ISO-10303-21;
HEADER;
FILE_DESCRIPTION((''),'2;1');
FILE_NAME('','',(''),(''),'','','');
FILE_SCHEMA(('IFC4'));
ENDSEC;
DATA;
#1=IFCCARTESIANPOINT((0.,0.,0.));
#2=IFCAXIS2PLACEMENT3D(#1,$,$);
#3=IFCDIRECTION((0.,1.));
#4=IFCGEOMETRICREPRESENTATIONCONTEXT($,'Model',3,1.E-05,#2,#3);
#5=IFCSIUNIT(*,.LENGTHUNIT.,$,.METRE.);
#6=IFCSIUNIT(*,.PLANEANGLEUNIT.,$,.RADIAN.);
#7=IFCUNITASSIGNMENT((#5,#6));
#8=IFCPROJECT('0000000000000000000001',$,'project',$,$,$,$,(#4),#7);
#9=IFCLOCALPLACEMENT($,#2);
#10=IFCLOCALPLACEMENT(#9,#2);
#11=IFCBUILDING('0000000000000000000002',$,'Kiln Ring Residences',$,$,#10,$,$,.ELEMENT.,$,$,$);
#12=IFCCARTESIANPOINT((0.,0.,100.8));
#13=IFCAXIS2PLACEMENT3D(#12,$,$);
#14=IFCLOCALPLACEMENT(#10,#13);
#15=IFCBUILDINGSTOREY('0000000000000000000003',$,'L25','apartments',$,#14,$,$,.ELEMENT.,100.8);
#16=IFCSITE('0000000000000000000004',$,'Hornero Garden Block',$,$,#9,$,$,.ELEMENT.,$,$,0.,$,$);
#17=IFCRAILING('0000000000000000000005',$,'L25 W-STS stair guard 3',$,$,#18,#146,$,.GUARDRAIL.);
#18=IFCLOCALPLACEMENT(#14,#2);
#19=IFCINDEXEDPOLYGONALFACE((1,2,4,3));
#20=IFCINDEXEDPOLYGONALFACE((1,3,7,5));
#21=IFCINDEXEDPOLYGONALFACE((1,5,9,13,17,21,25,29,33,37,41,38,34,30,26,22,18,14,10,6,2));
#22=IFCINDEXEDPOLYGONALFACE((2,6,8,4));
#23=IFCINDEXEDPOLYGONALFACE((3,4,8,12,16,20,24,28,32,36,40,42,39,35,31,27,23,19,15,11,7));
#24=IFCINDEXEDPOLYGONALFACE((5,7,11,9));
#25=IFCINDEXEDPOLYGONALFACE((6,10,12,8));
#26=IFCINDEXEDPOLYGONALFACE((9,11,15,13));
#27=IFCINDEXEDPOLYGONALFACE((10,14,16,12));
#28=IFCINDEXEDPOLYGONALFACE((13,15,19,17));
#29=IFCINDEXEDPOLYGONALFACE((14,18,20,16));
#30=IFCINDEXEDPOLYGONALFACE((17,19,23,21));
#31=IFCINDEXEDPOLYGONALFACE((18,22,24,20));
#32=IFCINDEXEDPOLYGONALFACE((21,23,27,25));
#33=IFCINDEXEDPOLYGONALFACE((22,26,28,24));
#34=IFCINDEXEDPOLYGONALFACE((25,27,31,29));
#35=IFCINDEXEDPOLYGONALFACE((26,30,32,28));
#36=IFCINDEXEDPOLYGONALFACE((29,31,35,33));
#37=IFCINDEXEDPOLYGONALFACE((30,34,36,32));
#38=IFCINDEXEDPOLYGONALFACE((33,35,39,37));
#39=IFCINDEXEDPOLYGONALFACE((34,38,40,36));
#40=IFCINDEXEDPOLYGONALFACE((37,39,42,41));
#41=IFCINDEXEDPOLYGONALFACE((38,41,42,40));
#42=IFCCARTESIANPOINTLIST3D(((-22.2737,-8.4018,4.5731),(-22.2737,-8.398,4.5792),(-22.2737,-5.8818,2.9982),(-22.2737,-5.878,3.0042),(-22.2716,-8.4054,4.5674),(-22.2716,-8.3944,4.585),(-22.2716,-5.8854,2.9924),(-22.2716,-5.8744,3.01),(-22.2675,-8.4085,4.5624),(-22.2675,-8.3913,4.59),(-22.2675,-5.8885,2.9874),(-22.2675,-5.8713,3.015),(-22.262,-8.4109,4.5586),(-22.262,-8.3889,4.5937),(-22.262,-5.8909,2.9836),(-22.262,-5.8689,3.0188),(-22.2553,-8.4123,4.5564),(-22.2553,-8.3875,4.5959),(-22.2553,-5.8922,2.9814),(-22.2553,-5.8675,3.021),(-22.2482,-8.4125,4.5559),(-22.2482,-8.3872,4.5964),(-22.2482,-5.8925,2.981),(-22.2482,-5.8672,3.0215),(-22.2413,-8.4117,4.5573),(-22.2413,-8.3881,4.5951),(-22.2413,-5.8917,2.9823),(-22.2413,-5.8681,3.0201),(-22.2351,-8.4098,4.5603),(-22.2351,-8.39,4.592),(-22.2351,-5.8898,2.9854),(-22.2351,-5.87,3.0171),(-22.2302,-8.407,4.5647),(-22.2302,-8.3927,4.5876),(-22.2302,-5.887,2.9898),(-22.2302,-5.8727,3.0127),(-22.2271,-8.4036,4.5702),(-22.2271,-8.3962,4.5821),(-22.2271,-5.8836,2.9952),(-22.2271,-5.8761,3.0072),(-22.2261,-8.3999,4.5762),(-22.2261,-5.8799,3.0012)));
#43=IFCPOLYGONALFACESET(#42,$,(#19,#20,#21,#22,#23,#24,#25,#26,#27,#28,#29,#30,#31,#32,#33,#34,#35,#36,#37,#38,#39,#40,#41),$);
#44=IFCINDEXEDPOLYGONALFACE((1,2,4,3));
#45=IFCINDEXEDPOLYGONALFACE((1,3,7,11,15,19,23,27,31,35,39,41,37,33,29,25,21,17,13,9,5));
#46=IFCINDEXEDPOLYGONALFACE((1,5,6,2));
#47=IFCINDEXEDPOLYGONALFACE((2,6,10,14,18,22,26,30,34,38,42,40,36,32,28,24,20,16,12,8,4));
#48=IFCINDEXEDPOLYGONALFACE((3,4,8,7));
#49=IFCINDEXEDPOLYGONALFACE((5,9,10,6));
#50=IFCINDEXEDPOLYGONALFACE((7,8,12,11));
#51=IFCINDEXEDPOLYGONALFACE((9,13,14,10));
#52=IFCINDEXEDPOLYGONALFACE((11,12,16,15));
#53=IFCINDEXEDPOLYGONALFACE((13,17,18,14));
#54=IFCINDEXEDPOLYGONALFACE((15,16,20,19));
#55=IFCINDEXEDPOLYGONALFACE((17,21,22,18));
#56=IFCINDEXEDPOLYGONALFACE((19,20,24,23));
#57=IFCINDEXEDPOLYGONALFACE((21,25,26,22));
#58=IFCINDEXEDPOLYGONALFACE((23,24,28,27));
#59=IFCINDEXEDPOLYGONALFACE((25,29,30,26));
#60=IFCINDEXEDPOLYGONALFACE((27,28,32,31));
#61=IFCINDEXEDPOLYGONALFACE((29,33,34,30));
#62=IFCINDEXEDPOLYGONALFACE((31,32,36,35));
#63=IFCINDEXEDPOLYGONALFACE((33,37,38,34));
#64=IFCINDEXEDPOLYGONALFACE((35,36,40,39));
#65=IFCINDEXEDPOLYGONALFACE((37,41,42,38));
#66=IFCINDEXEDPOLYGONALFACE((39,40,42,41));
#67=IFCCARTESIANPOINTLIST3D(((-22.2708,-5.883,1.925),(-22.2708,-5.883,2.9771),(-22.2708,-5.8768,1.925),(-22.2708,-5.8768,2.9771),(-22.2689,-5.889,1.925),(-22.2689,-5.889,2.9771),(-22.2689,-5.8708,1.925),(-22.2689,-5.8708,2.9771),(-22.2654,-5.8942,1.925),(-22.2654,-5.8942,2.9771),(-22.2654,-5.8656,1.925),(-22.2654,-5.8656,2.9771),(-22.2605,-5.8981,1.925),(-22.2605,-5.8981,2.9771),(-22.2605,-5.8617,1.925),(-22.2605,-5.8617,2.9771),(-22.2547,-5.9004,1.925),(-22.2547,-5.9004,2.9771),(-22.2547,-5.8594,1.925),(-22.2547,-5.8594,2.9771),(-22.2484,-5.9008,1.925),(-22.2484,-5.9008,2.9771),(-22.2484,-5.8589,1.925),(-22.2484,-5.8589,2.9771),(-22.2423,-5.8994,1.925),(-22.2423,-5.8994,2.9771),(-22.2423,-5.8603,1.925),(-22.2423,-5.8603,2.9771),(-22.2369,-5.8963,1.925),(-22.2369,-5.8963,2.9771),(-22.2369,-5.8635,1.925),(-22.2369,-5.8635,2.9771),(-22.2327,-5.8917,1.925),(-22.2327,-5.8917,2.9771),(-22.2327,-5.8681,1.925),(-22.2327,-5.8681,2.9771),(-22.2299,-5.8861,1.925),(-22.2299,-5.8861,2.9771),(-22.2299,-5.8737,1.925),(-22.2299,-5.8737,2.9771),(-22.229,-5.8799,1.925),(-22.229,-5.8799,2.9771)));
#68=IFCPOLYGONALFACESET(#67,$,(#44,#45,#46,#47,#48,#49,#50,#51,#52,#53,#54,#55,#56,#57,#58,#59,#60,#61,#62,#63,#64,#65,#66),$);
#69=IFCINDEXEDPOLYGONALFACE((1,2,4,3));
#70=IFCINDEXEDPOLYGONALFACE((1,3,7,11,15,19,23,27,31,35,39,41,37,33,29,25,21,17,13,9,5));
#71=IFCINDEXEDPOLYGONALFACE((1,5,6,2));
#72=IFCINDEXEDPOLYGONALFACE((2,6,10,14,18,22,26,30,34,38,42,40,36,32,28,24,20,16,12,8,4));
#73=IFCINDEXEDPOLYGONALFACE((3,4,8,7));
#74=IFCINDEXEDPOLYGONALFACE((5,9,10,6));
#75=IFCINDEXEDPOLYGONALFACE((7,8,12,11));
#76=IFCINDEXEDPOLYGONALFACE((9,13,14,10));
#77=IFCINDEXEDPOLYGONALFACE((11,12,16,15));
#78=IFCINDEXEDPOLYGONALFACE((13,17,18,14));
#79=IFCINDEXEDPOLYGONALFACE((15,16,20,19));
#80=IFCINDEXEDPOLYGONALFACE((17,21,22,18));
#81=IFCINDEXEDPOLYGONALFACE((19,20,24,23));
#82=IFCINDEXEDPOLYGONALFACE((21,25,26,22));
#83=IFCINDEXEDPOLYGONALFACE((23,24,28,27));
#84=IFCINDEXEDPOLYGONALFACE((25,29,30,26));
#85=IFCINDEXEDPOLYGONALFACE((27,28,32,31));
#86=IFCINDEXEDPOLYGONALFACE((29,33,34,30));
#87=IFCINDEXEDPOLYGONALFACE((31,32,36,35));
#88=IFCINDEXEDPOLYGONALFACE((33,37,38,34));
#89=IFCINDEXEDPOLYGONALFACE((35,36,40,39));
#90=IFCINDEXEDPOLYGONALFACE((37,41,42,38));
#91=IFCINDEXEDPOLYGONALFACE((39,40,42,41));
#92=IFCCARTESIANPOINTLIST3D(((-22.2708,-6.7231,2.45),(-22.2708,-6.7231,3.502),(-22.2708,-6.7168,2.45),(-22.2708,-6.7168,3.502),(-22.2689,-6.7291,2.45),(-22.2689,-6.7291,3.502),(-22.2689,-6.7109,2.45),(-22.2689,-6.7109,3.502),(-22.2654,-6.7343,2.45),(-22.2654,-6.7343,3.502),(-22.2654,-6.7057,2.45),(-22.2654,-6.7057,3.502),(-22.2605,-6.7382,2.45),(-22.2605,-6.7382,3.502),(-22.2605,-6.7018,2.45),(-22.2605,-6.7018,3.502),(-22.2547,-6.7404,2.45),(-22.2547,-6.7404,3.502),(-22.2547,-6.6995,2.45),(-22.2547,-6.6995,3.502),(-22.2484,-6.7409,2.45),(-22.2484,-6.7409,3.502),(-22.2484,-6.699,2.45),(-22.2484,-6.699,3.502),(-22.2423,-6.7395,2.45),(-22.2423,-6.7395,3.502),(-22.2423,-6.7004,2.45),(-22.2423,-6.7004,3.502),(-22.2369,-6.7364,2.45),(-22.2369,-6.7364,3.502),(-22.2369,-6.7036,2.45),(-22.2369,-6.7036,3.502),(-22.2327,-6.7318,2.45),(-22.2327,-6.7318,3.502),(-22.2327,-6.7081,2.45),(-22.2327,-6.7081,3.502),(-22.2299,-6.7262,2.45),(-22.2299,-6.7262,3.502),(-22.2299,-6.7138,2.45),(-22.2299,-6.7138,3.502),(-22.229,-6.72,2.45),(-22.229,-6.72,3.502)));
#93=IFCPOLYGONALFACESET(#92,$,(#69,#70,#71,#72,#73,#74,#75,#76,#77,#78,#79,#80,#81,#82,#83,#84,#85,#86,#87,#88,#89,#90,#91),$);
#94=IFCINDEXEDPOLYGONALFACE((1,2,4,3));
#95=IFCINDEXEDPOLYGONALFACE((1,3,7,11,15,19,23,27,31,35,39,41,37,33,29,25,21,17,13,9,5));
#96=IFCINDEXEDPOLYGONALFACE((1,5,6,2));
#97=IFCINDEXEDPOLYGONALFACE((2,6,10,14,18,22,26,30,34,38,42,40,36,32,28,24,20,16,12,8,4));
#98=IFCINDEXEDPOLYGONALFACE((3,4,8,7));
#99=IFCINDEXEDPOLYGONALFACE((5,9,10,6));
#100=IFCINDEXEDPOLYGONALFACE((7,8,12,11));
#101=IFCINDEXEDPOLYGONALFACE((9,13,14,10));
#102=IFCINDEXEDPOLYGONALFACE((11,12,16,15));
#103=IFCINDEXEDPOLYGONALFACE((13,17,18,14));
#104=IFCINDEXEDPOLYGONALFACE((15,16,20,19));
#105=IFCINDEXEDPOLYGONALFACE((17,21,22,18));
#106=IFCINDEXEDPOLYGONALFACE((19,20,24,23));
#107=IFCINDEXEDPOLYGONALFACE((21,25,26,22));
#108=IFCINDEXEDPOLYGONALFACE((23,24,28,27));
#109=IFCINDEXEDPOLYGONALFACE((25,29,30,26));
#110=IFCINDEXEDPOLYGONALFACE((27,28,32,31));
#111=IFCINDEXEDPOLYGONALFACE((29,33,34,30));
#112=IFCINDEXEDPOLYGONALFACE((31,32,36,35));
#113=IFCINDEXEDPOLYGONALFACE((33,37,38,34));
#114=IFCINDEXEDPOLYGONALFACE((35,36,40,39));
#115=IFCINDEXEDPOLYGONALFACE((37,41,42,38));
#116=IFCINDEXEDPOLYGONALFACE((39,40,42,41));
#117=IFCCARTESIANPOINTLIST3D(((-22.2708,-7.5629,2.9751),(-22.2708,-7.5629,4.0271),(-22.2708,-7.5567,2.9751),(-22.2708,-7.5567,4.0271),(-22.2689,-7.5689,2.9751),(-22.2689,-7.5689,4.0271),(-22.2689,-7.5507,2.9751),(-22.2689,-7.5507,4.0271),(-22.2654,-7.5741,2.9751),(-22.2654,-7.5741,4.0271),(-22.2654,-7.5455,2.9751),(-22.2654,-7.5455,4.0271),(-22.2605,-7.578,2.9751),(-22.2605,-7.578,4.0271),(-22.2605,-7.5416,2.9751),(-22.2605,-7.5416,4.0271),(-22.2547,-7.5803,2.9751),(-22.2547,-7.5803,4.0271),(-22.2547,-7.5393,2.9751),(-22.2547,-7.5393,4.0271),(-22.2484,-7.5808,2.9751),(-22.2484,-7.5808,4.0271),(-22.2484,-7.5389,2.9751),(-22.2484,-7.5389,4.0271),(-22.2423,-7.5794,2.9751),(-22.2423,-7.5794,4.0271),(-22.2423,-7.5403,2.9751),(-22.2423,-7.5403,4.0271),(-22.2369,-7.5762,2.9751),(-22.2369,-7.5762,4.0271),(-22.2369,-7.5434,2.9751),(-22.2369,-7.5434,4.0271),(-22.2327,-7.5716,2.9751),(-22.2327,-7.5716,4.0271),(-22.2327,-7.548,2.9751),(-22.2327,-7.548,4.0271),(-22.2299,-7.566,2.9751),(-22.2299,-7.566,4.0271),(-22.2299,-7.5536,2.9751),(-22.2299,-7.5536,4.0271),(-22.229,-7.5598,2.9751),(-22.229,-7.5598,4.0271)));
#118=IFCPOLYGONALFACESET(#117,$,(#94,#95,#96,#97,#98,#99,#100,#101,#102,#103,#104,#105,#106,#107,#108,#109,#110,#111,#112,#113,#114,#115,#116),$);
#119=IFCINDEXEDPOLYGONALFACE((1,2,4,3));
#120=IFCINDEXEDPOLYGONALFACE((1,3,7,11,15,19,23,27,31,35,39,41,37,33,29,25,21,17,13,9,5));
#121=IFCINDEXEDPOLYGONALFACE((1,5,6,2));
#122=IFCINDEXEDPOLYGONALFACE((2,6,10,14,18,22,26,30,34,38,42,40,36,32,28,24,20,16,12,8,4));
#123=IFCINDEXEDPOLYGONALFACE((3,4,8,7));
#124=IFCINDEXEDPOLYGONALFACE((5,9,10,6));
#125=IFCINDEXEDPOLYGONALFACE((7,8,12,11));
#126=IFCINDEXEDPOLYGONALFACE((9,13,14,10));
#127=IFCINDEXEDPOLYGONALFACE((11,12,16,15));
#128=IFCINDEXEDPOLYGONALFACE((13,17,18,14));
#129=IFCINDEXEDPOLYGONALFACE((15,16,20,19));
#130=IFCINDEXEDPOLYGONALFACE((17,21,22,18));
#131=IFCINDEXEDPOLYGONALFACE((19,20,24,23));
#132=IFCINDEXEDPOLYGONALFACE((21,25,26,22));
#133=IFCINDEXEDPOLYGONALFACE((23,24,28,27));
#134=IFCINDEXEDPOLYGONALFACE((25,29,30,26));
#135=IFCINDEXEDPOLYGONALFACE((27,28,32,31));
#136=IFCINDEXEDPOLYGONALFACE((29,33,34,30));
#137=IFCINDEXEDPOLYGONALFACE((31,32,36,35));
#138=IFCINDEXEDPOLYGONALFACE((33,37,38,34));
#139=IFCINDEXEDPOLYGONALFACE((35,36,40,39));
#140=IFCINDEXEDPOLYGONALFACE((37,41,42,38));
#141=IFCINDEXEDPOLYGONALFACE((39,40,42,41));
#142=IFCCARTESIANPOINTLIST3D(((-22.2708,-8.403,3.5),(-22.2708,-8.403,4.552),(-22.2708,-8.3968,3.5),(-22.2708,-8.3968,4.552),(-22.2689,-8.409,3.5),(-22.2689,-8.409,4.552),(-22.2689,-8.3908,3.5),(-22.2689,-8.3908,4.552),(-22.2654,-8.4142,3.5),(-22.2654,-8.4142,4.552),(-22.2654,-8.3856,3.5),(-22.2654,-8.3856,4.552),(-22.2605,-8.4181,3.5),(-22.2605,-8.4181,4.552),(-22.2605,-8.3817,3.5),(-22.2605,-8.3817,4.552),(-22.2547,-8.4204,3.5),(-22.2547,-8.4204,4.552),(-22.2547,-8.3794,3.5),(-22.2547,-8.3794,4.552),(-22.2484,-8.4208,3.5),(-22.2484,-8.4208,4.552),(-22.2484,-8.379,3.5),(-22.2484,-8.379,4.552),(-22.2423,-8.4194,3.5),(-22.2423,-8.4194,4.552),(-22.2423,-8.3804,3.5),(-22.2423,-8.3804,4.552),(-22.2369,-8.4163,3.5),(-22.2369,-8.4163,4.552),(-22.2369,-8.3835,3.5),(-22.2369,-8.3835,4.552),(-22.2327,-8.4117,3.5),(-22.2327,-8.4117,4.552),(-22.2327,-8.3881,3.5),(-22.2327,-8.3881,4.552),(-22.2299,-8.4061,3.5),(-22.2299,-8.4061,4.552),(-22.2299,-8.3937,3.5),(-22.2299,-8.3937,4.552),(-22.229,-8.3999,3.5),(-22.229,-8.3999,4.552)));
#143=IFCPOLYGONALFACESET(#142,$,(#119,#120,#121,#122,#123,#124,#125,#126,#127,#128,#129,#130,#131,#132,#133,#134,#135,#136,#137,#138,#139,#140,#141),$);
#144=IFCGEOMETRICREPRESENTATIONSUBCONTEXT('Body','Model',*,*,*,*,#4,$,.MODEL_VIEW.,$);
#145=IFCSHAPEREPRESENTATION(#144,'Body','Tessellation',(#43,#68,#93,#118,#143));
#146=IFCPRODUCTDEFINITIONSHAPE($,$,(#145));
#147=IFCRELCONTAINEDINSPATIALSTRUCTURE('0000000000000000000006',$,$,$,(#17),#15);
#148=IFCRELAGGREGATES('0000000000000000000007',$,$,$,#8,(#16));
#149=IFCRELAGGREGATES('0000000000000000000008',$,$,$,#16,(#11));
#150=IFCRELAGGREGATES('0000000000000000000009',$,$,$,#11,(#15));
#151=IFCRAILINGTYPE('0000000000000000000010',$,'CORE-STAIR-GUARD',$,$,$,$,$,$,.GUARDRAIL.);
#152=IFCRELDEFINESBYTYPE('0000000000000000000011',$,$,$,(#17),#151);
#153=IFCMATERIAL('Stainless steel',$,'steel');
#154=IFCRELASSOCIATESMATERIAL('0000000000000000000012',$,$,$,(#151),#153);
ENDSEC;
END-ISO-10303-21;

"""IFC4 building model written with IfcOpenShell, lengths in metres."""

from ifc_helpers import new_model, si_unit, direction, frame, origin, origin_2d, place, context, subcontext, project, spatial, circle, extrude, material, type_object, element, save


model = new_model("IFC4")

# Units and contexts
model_context = context("Model", 3, precision=1e-05, world=origin(), true_north=direction((0.0, 1.0)))
body_context = subcontext(model_context, "Body", "Model", "MODEL_VIEW")
ifc_project = project(units=[si_unit("LENGTHUNIT", "METRE"), si_unit("PLANEANGLEUNIT", "RADIAN")], contexts=[model_context])

# Site, building, storey
site_placement = place(None, origin())
site = spatial("IfcSite", under=ifc_project, at=site_placement, Name="Hornero Garden Block", CompositionType="ELEMENT", RefElevation=0.0)
building_placement = place(site_placement, origin())
building = spatial("IfcBuilding", under=site, at=building_placement, Name="Kiln Ring Residences", CompositionType="ELEMENT")
storey_placement = place(building_placement, frame((0.0, 0.0, 100.8)))
storey = spatial("IfcBuildingStorey", under=building, at=storey_placement, Name="L25", Description="apartments", CompositionType="ELEMENT", Elevation=100.8)

# Railing
ifc_material_1 = material(Name="Stainless steel", Category="steel")
railing_type_1 = type_object("IfcRailingType", Name="CORE-STAIR-GUARD", PredefinedType="GUARDRAIL", material=ifc_material_1)
railing_1_placement = place(storey_placement, frame((-22.25, -5.8799, 1.925)))
element("IfcRailing", 1, at=railing_1_placement, inside=storey, type_object=railing_type_1, Name="L25 W-STS stair guard 3", PredefinedType="GUARDRAIL", context=body_context, shape_type="SweptSolid", body=[
    extrude(circle(Radius=0.0239, at=origin_2d()), frame((0.0, 0.0, 1.0762), z_axis=(0.0, -0.848008, 0.529984), x_axis=(1.0, 0.0, 0.0)), (0.0, 0.0, 1.0), 2.9717),
    extrude(circle(Radius=0.021, at=origin_2d()), origin(), (0.0, 0.0, 1.0), 1.052),
    extrude(circle(Radius=0.021, at=origin_2d()), frame((0.0, -0.8401, 0.5249)), (0.0, 0.0, 1.0), 1.052),
    extrude(circle(Radius=0.021, at=origin_2d()), frame((0.0, -1.6799, 1.05)), (0.0, 0.0, 1.0), 1.052),
    extrude(circle(Radius=0.021, at=origin_2d()), frame((0.0, -2.52, 1.575)), (0.0, 0.0, 1.0), 1.052),
])

save(model, "model.ifc")
